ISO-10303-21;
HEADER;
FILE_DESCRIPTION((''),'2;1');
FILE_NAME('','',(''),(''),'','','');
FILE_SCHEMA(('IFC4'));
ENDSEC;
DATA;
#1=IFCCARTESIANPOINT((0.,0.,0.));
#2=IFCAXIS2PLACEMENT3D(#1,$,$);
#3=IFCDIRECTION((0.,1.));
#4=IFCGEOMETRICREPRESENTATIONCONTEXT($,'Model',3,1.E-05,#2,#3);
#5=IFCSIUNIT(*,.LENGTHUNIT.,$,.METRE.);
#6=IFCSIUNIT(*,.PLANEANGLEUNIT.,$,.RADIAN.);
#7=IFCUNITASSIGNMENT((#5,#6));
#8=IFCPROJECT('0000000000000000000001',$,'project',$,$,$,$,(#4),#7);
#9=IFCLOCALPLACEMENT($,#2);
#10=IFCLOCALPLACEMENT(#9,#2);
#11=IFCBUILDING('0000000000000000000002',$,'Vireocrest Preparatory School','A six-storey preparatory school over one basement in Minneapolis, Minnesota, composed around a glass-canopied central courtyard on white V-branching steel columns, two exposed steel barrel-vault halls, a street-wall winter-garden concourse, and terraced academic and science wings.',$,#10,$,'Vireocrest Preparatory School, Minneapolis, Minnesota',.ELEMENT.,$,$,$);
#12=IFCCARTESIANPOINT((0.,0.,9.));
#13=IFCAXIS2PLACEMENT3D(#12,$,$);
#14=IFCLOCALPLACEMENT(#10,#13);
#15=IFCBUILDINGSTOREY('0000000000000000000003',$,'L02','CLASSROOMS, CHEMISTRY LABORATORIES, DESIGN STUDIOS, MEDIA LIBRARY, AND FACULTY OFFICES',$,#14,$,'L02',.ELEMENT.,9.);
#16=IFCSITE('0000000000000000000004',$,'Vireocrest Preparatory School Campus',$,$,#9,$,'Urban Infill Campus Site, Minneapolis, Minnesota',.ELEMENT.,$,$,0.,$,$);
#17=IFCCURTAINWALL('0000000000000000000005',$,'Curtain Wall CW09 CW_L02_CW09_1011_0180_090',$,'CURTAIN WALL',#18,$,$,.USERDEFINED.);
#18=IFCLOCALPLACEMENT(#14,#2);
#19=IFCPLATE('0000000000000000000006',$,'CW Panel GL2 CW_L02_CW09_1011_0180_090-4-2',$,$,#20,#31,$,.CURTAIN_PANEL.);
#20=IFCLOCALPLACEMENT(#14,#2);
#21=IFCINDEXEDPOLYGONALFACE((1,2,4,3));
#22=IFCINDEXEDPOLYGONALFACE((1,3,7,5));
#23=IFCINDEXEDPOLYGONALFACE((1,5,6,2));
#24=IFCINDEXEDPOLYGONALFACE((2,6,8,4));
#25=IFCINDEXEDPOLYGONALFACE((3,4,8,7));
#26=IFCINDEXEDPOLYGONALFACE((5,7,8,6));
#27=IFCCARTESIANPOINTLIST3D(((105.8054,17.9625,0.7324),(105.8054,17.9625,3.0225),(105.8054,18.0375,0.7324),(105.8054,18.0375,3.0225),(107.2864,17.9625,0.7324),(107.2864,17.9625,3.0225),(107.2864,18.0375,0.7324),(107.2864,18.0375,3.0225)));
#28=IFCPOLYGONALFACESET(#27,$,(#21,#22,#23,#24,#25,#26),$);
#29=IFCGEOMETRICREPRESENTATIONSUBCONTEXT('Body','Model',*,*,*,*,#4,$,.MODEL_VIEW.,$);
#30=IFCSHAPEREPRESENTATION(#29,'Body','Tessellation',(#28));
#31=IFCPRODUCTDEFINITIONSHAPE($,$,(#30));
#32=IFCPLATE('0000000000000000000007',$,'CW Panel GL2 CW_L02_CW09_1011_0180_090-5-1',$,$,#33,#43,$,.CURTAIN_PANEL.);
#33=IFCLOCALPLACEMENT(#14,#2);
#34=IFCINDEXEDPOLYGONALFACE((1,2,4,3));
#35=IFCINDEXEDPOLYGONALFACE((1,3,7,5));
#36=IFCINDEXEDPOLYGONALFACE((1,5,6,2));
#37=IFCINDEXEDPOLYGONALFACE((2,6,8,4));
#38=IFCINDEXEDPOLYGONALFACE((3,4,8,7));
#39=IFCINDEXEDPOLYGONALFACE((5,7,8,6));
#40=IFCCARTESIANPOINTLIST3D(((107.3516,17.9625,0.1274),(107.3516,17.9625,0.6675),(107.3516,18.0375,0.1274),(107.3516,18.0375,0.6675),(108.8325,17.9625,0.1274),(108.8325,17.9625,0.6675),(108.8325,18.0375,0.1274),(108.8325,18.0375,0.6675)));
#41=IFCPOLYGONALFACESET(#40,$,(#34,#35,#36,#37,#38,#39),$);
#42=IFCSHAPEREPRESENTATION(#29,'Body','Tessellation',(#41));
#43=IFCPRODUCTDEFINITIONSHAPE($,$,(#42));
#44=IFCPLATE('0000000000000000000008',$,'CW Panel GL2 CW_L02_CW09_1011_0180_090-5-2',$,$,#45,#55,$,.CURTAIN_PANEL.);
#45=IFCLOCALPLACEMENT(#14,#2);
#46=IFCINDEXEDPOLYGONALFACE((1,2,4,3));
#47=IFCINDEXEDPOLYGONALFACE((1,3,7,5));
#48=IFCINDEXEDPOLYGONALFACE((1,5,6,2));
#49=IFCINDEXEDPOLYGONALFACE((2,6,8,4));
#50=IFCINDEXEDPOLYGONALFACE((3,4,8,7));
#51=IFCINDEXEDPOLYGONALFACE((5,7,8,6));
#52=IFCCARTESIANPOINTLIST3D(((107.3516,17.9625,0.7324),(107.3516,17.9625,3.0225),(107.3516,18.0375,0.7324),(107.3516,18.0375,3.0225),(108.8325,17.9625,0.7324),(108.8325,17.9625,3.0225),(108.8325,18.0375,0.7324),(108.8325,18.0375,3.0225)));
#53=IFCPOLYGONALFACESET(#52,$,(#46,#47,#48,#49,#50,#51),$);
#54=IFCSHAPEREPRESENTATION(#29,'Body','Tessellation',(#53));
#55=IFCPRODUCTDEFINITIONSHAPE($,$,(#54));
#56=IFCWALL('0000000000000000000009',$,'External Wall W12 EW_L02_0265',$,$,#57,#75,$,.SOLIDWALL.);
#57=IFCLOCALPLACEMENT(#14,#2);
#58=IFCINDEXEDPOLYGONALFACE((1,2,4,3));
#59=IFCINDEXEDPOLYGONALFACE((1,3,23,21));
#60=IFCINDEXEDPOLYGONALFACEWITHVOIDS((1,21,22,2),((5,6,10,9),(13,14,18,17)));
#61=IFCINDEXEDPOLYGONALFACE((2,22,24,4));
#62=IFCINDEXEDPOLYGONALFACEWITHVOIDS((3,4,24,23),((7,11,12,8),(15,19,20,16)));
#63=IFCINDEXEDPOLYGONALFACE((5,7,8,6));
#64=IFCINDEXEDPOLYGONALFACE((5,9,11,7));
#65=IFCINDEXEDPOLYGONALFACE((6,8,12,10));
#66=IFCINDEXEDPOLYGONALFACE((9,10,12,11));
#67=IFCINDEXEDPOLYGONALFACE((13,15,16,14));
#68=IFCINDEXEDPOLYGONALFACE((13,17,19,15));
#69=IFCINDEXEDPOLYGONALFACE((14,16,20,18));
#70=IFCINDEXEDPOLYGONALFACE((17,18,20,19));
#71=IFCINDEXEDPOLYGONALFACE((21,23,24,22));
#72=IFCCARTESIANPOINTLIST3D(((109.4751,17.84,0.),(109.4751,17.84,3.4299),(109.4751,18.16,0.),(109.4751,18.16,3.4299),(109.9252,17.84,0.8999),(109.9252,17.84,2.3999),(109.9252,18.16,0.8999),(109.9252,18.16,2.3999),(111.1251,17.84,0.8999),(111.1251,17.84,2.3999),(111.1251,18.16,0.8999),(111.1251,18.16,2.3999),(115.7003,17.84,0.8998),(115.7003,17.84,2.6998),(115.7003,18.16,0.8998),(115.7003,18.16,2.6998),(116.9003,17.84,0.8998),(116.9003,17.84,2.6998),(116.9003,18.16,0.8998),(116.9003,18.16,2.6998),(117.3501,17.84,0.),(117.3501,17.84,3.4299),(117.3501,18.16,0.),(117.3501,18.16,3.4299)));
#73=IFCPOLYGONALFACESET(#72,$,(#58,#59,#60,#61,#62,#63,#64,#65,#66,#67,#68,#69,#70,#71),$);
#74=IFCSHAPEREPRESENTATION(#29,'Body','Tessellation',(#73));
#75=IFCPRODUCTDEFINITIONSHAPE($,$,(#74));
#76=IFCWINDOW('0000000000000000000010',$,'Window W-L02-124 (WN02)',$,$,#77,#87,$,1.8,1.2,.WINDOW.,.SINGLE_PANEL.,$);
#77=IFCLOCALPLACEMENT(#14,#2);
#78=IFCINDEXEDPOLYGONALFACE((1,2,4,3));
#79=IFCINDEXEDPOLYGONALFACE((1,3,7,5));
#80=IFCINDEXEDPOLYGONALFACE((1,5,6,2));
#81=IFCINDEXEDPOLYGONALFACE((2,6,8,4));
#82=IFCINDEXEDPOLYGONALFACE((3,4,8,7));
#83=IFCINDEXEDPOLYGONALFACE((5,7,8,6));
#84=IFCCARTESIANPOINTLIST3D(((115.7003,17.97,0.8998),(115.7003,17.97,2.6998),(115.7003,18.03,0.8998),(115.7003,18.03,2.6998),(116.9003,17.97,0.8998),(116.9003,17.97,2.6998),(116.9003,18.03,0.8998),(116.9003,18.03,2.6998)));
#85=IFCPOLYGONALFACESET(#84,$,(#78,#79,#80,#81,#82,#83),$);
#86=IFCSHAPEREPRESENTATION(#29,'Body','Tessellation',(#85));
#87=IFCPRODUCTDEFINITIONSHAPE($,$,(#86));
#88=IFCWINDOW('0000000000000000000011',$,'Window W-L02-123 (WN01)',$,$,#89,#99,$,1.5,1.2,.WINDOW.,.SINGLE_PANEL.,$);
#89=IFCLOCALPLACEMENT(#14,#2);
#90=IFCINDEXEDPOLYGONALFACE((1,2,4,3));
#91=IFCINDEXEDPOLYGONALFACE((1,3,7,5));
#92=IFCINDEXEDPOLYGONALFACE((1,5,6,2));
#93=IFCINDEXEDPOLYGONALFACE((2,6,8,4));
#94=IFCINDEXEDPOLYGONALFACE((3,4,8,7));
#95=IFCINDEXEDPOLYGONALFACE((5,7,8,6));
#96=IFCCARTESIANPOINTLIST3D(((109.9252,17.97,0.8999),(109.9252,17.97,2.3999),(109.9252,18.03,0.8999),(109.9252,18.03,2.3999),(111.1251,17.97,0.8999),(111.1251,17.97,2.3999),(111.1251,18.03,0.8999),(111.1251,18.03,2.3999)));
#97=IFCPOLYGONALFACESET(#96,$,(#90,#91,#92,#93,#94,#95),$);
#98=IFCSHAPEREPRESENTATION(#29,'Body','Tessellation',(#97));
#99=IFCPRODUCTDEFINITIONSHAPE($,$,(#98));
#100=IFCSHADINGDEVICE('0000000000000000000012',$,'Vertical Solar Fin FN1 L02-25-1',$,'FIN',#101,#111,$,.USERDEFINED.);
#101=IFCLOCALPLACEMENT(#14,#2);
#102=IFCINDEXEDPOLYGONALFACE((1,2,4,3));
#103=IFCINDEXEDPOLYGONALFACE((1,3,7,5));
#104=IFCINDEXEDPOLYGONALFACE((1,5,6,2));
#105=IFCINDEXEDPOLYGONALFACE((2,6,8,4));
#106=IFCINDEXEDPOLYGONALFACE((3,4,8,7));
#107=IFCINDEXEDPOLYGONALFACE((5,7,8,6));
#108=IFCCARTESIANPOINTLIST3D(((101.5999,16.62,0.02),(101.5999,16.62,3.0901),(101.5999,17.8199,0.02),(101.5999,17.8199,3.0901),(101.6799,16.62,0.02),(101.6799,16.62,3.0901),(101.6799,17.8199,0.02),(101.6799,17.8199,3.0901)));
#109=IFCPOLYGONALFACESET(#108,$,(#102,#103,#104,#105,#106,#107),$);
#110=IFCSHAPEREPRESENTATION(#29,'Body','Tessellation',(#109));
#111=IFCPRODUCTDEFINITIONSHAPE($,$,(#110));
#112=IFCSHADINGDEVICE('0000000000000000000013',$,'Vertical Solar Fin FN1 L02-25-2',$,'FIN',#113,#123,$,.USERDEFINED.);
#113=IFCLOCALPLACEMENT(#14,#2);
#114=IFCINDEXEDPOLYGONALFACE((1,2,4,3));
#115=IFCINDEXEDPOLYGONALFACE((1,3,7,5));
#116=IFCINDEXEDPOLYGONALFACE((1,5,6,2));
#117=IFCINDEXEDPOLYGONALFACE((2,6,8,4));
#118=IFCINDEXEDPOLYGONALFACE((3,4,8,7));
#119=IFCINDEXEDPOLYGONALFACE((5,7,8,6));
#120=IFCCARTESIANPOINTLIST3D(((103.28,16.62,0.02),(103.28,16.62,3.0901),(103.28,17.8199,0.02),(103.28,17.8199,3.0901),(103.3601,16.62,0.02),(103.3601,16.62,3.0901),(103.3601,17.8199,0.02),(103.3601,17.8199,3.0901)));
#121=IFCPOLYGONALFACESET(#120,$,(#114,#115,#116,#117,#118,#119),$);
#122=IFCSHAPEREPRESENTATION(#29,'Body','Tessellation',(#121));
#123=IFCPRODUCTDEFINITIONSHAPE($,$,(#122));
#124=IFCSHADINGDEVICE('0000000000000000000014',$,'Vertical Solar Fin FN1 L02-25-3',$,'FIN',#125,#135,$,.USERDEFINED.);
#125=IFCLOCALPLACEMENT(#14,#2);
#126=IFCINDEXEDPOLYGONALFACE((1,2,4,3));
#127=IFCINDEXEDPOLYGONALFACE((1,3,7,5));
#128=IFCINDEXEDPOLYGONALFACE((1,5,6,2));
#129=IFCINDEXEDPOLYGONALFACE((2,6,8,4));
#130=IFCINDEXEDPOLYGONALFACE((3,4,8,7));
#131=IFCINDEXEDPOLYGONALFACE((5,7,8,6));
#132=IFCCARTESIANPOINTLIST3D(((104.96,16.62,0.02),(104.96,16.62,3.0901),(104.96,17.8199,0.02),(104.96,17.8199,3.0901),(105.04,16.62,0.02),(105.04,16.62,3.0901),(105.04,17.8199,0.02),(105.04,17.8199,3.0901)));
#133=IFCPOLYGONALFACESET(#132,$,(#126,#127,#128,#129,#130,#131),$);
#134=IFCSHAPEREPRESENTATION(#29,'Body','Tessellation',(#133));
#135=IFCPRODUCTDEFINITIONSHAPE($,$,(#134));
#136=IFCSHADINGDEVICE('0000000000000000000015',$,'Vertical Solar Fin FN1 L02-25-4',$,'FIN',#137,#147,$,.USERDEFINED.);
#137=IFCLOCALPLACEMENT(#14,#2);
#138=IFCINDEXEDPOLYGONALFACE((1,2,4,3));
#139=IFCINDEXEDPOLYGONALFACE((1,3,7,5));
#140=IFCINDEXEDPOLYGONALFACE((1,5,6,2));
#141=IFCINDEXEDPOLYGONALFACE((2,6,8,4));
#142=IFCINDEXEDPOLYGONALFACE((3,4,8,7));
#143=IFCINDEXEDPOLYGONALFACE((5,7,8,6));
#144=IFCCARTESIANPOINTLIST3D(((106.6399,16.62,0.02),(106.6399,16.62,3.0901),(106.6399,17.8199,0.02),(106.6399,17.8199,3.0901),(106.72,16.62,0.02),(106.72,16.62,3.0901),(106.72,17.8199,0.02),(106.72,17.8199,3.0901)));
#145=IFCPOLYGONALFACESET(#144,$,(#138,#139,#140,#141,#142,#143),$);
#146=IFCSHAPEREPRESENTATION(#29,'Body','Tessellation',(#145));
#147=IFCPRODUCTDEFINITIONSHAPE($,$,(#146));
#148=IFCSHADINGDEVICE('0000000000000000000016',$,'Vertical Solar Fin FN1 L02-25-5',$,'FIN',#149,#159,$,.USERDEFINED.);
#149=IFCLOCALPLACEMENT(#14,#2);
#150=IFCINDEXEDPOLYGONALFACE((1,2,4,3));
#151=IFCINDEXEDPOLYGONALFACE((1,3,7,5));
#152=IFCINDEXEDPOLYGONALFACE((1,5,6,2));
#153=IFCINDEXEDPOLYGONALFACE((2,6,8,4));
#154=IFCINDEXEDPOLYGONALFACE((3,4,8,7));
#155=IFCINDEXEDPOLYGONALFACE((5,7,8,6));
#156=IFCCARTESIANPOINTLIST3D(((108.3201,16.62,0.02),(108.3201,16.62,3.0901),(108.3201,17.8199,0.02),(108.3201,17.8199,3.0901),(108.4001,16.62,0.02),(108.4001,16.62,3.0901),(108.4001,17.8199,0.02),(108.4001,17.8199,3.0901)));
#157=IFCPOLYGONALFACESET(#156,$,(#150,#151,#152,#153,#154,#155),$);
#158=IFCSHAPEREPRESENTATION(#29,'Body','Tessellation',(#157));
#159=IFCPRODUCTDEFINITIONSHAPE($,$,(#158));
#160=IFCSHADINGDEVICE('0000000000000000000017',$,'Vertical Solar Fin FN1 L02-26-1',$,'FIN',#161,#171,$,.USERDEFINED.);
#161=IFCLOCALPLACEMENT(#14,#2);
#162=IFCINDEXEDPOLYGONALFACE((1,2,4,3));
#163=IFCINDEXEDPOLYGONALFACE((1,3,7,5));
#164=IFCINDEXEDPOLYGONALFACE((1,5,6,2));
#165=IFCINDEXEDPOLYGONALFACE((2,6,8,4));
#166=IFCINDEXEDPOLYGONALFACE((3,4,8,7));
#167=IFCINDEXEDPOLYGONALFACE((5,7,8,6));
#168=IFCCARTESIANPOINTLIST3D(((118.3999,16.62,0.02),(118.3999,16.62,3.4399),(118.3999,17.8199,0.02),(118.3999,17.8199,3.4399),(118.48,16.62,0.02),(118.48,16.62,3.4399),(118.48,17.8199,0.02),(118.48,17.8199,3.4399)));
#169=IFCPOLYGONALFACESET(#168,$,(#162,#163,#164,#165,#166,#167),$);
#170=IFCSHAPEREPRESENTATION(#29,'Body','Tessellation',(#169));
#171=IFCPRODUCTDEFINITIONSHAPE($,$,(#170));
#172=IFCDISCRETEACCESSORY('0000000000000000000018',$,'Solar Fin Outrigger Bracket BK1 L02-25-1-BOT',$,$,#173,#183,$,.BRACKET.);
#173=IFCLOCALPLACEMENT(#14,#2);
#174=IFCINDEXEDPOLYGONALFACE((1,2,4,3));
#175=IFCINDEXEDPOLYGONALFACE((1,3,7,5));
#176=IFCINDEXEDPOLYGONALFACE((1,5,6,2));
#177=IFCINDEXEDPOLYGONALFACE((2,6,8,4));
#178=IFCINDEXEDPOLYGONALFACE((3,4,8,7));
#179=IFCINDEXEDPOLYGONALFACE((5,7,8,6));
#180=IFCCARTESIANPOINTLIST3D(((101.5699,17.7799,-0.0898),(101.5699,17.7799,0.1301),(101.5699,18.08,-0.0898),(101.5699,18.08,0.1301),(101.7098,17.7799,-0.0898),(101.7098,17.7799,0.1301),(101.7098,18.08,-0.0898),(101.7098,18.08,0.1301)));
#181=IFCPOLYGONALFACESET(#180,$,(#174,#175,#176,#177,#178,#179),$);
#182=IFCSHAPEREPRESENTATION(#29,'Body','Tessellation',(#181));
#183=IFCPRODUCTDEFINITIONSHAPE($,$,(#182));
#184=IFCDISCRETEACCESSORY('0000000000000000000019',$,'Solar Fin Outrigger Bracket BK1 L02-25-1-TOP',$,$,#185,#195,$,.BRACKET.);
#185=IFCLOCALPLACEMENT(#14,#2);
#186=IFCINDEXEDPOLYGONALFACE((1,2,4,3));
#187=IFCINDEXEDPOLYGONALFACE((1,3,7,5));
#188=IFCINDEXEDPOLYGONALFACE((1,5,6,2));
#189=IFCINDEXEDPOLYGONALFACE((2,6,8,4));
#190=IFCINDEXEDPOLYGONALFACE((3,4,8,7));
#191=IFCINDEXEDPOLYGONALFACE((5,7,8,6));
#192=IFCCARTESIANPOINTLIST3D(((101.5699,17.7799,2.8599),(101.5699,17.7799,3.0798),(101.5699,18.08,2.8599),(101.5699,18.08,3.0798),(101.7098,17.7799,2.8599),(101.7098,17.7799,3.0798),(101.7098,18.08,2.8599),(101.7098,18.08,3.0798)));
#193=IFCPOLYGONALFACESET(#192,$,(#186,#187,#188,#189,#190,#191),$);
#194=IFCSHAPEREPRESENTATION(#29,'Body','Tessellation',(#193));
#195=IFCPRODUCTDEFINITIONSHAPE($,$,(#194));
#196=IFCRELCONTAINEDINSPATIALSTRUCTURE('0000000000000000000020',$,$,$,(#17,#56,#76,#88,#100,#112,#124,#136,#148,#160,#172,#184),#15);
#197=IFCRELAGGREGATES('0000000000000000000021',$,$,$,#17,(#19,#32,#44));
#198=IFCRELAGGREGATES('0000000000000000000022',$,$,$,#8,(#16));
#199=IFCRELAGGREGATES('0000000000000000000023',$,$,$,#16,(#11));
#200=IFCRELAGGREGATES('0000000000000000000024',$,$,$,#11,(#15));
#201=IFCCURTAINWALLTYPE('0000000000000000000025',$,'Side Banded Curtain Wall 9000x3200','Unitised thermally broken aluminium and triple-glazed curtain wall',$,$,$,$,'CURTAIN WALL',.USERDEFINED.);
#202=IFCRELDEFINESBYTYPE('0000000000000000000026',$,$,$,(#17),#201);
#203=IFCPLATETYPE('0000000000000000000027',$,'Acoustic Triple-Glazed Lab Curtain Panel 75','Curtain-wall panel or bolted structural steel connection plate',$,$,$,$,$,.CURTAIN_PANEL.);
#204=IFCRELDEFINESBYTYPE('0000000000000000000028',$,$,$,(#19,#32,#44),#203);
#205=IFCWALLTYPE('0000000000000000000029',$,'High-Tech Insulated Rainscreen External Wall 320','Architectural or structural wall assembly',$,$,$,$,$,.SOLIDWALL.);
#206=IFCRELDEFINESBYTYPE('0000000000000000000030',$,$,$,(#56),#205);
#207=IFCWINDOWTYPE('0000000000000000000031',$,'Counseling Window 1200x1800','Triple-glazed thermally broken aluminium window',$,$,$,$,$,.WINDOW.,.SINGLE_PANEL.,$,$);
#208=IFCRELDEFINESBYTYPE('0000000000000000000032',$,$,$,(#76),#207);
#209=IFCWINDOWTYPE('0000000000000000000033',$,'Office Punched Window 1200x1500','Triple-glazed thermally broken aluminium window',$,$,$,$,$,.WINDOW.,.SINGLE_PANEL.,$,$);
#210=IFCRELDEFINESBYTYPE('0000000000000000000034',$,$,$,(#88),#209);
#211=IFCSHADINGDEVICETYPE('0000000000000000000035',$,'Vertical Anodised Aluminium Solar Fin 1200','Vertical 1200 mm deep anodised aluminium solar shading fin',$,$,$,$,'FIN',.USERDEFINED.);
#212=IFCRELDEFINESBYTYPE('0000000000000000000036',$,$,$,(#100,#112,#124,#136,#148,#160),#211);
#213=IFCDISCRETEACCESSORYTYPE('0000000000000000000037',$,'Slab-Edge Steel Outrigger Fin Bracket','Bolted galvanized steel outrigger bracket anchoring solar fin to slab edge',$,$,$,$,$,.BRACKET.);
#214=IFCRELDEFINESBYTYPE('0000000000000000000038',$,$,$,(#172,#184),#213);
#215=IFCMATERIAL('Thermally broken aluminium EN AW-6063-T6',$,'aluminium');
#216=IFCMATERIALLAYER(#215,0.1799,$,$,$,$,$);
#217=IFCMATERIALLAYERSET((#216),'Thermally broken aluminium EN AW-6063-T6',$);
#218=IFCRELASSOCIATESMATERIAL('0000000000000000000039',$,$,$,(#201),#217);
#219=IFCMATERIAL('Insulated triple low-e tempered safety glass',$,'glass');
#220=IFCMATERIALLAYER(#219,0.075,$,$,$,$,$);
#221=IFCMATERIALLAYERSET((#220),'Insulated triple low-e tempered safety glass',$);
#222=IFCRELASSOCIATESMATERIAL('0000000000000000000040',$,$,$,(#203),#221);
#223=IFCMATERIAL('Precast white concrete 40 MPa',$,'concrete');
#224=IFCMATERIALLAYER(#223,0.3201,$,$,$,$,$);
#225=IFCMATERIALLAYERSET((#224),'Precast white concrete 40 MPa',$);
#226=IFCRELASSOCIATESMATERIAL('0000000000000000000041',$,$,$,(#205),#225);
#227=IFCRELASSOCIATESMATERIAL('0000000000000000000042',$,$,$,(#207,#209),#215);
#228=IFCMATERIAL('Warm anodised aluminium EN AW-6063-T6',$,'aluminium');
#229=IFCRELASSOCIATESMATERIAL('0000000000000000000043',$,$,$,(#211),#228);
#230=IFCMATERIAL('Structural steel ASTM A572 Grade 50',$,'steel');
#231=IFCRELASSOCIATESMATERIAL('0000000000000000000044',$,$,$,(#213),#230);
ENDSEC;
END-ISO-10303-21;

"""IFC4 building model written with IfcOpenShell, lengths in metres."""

from ifc_helpers import new_model, si_unit, direction, frame, frame_2d, origin, origin_2d, place, context, subcontext, project, spatial, rectangle, extrude, material, layer, layer_set, material_profile, profile_set, type_object, element, fill, aggregate, save


model = new_model("IFC4")

# Units and contexts
model_context = context("Model", 3, precision=1e-05, world=origin(), true_north=direction((0.0, 1.0)))
body_context = subcontext(model_context, "Body", "Model", "MODEL_VIEW")
ifc_project = project(units=[si_unit("LENGTHUNIT", "METRE"), si_unit("PLANEANGLEUNIT", "RADIAN")], contexts=[model_context])

# Site, building, storey
site_placement = place(None, origin())
site = spatial("IfcSite", under=ifc_project, at=site_placement, Name="Vireocrest Preparatory School Campus", LongName="Urban Infill Campus Site, Minneapolis, Minnesota", CompositionType="ELEMENT", RefElevation=0.0)
building_placement = place(site_placement, origin())
building = spatial("IfcBuilding", under=site, at=building_placement, Name="Vireocrest Preparatory School", Description="A six-storey preparatory school over one basement in Minneapolis, Minnesota, composed around a glass-canopied central courtyard on white V-branching steel columns, two exposed steel barrel-vault halls, a street-wall winter-garden concourse, and terraced academic and science wings.", LongName="Vireocrest Preparatory School, Minneapolis, Minnesota", CompositionType="ELEMENT")
storey_placement = place(building_placement, frame((0.0, 0.0, 9.0)))
storey = spatial("IfcBuildingStorey", under=building, at=storey_placement, Name="L02", Description="CLASSROOMS, CHEMISTRY LABORATORIES, DESIGN STUDIOS, MEDIA LIBRARY, AND FACULTY OFFICES", LongName="L02", CompositionType="ELEMENT", Elevation=9.0)

# Curtain wall, plates
ifc_material_1 = material(Name="Thermally broken aluminium EN AW-6063-T6", Category="aluminium")
ifc_layer_1 = layer(ifc_material_1, 0.1799)
ifc_layer_set_1 = layer_set([ifc_layer_1], Name="Thermally broken aluminium EN AW-6063-T6")
curtain_wall_type = type_object("IfcCurtainWallType", Name="Side Banded Curtain Wall 9000x3200", Description="Unitised thermally broken aluminium and triple-glazed curtain wall", ElementType="CURTAIN WALL", PredefinedType="USERDEFINED", material=ifc_layer_set_1)
curtain_wall_placement = place(storey_placement, origin())
curtain_wall = element("IfcCurtainWall", 1, at=curtain_wall_placement, inside=storey, type_object=curtain_wall_type, Name="Curtain Wall CW09 CW_L02_CW09_1011_0180_090", ObjectType="CURTAIN WALL", PredefinedType="USERDEFINED")
ifc_material_2 = material(Name="Insulated triple low-e tempered safety glass", Category="glass")
ifc_layer_2 = layer(ifc_material_2, 0.075)
ifc_layer_set_2 = layer_set([ifc_layer_2], Name="Insulated triple low-e tempered safety glass")
plate_type = type_object("IfcPlateType", Name="Acoustic Triple-Glazed Lab Curtain Panel 75", Description="Curtain-wall panel or bolted structural steel connection plate", PredefinedType="CURTAIN_PANEL", material=ifc_layer_set_2)
plate_1_placement = place(storey_placement, frame((106.5459, 18.0, 0.7324), z_axis=(0.0, 0.0, 1.0), x_axis=(1.0, 0.0, 0.0)))
plate_1 = element("IfcPlate", 2, at=plate_1_placement, type_object=plate_type, Name="CW Panel GL2 CW_L02_CW09_1011_0180_090-4-2", PredefinedType="CURTAIN_PANEL", context=body_context, shape_type="SweptSolid", body=[
    extrude(rectangle(XDim=1.481, YDim=0.075, at=origin_2d()), origin(), (0.0, 0.0, 1.0), 2.29),
])
plate_2_placement = place(storey_placement, frame((108.092, 18.0, 0.1274), z_axis=(0.0, 0.0, 1.0), x_axis=(1.0, 0.0, 0.0)))
plate_2 = element("IfcPlate", 3, at=plate_2_placement, type_object=plate_type, Name="CW Panel GL2 CW_L02_CW09_1011_0180_090-5-1", PredefinedType="CURTAIN_PANEL", context=body_context, shape_type="SweptSolid", body=[
    extrude(rectangle(XDim=1.481, YDim=0.075, at=origin_2d()), origin(), (0.0, 0.0, 1.0), 0.54),
])
plate_3_placement = place(storey_placement, frame((108.092, 18.0, 0.7324), z_axis=(0.0, 0.0, 1.0), x_axis=(1.0, 0.0, 0.0)))
plate_3 = element("IfcPlate", 4, at=plate_3_placement, type_object=plate_type, Name="CW Panel GL2 CW_L02_CW09_1011_0180_090-5-2", PredefinedType="CURTAIN_PANEL", context=body_context, shape_type="SweptSolid", body=[
    extrude(rectangle(XDim=1.481, YDim=0.075, at=origin_2d()), origin(), (0.0, 0.0, 1.0), 2.29),
])
aggregate(curtain_wall, [plate_1, plate_2, plate_3])

# Wall, openings, windows
ifc_material_3 = material(Name="Precast white concrete 40 MPa", Category="concrete")
ifc_layer_3 = layer(ifc_material_3, 0.3201)
ifc_layer_set_3 = layer_set([ifc_layer_3], Name="Precast white concrete 40 MPa")
wall_type = type_object("IfcWallType", Name="High-Tech Insulated Rainscreen External Wall 320", Description="Architectural or structural wall assembly", PredefinedType="SOLIDWALL", material=ifc_layer_set_3)
wall_placement = place(storey_placement, frame((109.4751, 18.0, 0.0), z_axis=(0.0, 0.0, 1.0), x_axis=(1.0, 0.0, 0.0)))
wall = element("IfcWall", 5, at=wall_placement, inside=storey, type_object=wall_type, Name="External Wall W12 EW_L02_0265", PredefinedType="SOLIDWALL", context=body_context, shape_type="SweptSolid", body=[
    extrude(rectangle(XDim=7.875, YDim=0.3201, at=frame_2d((3.9375, 0.0))), origin(), (0.0, 0.0, 1.0), 3.4299),
])
opening_1_placement = place(wall_placement, frame((0.45, 0.0, 0.8999)))
opening_1 = element("IfcOpeningElement", 6, at=opening_1_placement, cuts=wall, PredefinedType="OPENING", context=body_context, shape_type="SweptSolid", body=[
    extrude(rectangle(XDim=1.2, YDim=1.5, at=frame_2d((0.6001, 0.75))), frame((0.0, 0.1699, 0.0), z_axis=(0.0, -1.0, 0.0), x_axis=(1.0, 0.0, 0.0)), (0.0, 0.0, 1.0), 0.3401),
])
opening_2_placement = place(wall_placement, frame((6.2251, 0.0, 0.8999)))
opening_2 = element("IfcOpeningElement", 7, at=opening_2_placement, cuts=wall, PredefinedType="OPENING", context=body_context, shape_type="SweptSolid", body=[
    extrude(rectangle(XDim=1.2, YDim=1.8, at=frame_2d((0.6001, 0.8999))), frame((0.0, 0.1699, 0.0), z_axis=(0.0, -1.0, 0.0), x_axis=(1.0, 0.0, 0.0)), (0.0, 0.0, 1.0), 0.3401),
])
window_type_1 = type_object("IfcWindowType", Name="Counseling Window 1200x1800", Description="Triple-glazed thermally broken aluminium window", PartitioningType="SINGLE_PANEL", PredefinedType="WINDOW", material=ifc_material_1)
window_1_placement = place(opening_2_placement, origin())
window_1 = element("IfcWindow", 8, at=window_1_placement, inside=storey, type_object=window_type_1, Name="Window W-L02-124 (WN02)", OverallHeight=1.8, OverallWidth=1.2, PartitioningType="SINGLE_PANEL", PredefinedType="WINDOW", context=body_context, shape_type="SweptSolid", body=[
    extrude(rectangle(XDim=1.2, YDim=1.8, at=frame_2d((0.6001, 0.8999))), frame((0.0, 0.03, 0.0), z_axis=(0.0, -1.0, 0.0), x_axis=(1.0, 0.0, 0.0)), (0.0, 0.0, 1.0), 0.0601),
])
fill(opening_2, window_1)
window_type_2 = type_object("IfcWindowType", Name="Office Punched Window 1200x1500", Description="Triple-glazed thermally broken aluminium window", PartitioningType="SINGLE_PANEL", PredefinedType="WINDOW", material=ifc_material_1)
window_2_placement = place(opening_1_placement, origin())
window_2 = element("IfcWindow", 9, at=window_2_placement, inside=storey, type_object=window_type_2, Name="Window W-L02-123 (WN01)", OverallHeight=1.5, OverallWidth=1.2, PartitioningType="SINGLE_PANEL", PredefinedType="WINDOW", context=body_context, shape_type="SweptSolid", body=[
    extrude(rectangle(XDim=1.2, YDim=1.5, at=frame_2d((0.6001, 0.75))), frame((0.0, 0.03, 0.0), z_axis=(0.0, -1.0, 0.0), x_axis=(1.0, 0.0, 0.0)), (0.0, 0.0, 1.0), 0.0601),
])
fill(opening_1, window_2)

# Shading devices
ifc_material_4 = material(Name="Warm anodised aluminium EN AW-6063-T6", Category="aluminium")
ifc_material_profile_1 = material_profile(ifc_material_4, rectangle(XDim=0.0801, YDim=1.2, at=origin_2d()), Name="FIN 80x1200")
ifc_profile_set_1 = profile_set([ifc_material_profile_1], Name="Warm anodised aluminium EN AW-6063-T6")
shading_device_type = type_object("IfcShadingDeviceType", Name="Vertical Anodised Aluminium Solar Fin 1200", Description="Vertical 1200 mm deep anodised aluminium solar shading fin", ElementType="FIN", PredefinedType="USERDEFINED", material=ifc_profile_set_1)
for number, where, z_axis, x_axis, name in (
    (10, (101.6399, 17.22, 0.02), (0.0, 0.0, 1.0), (-1.0, 0.0, 0.0), "Vertical Solar Fin FN1 L02-25-1"),
    (11, (103.3201, 17.22, 0.02), (0.0, 0.0, 1.0), (-1.0, 0.0, 0.0), "Vertical Solar Fin FN1 L02-25-2"),
    (12, (105.0, 17.22, 0.02), (0.0, 0.0, 1.0), (-1.0, 0.0, 0.0), "Vertical Solar Fin FN1 L02-25-3"),
    (13, (106.6799, 17.22, 0.02), (0.0, 0.0, 1.0), (-1.0, 0.0, 0.0), "Vertical Solar Fin FN1 L02-25-4"),
    (14, (108.3601, 17.22, 0.02), (0.0, 0.0, 1.0), (-1.0, 0.0, 0.0), "Vertical Solar Fin FN1 L02-25-5"),
):
    element("IfcShadingDevice", number, at=place(storey_placement, frame(where, z_axis=z_axis, x_axis=x_axis)), inside=storey, type_object=shading_device_type, Name=name, ObjectType="FIN", PredefinedType="USERDEFINED", context=body_context, shape_type="SweptSolid", body=[
        extrude(rectangle(XDim=0.0801, YDim=1.2, at=origin_2d()), origin(), (0.0, 0.0, 1.0), 3.0701),
    ])
shading_device_placement = place(storey_placement, frame((118.4399, 17.22, 0.02), z_axis=(0.0, 0.0, 1.0), x_axis=(-1.0, 0.0, 0.0)))
element("IfcShadingDevice", 15, at=shading_device_placement, inside=storey, type_object=shading_device_type, Name="Vertical Solar Fin FN1 L02-26-1", ObjectType="FIN", PredefinedType="USERDEFINED", context=body_context, shape_type="SweptSolid", body=[
    extrude(rectangle(XDim=0.0801, YDim=1.2, at=origin_2d()), origin(), (0.0, 0.0, 1.0), 3.4199),
])

# Discrete accessories
ifc_material_5 = material(Name="Structural steel ASTM A572 Grade 50", Category="steel")
discrete_accessory_type = type_object("IfcDiscreteAccessoryType", Name="Slab-Edge Steel Outrigger Fin Bracket", Description="Bolted galvanized steel outrigger bracket anchoring solar fin to slab edge", PredefinedType="BRACKET", material=ifc_material_5)
for number, where, z_axis, x_axis, name in (
    (16, (101.6399, 17.9299, -0.0898), (0.0, 0.0, 1.0), (-1.0, 0.0, 0.0), "Solar Fin Outrigger Bracket BK1 L02-25-1-BOT"),
    (17, (101.6399, 17.9299, 2.8599), (0.0, 0.0, 1.0), (-1.0, 0.0, 0.0), "Solar Fin Outrigger Bracket BK1 L02-25-1-TOP"),
):
    element("IfcDiscreteAccessory", number, at=place(storey_placement, frame(where, z_axis=z_axis, x_axis=x_axis)), inside=storey, type_object=discrete_accessory_type, Name=name, PredefinedType="BRACKET", context=body_context, shape_type="SweptSolid", body=[
        extrude(rectangle(XDim=0.1399, YDim=0.3, at=origin_2d()), origin(), (0.0, 0.0, 1.0), 0.22),
    ])

save(model, "model.ifc")
